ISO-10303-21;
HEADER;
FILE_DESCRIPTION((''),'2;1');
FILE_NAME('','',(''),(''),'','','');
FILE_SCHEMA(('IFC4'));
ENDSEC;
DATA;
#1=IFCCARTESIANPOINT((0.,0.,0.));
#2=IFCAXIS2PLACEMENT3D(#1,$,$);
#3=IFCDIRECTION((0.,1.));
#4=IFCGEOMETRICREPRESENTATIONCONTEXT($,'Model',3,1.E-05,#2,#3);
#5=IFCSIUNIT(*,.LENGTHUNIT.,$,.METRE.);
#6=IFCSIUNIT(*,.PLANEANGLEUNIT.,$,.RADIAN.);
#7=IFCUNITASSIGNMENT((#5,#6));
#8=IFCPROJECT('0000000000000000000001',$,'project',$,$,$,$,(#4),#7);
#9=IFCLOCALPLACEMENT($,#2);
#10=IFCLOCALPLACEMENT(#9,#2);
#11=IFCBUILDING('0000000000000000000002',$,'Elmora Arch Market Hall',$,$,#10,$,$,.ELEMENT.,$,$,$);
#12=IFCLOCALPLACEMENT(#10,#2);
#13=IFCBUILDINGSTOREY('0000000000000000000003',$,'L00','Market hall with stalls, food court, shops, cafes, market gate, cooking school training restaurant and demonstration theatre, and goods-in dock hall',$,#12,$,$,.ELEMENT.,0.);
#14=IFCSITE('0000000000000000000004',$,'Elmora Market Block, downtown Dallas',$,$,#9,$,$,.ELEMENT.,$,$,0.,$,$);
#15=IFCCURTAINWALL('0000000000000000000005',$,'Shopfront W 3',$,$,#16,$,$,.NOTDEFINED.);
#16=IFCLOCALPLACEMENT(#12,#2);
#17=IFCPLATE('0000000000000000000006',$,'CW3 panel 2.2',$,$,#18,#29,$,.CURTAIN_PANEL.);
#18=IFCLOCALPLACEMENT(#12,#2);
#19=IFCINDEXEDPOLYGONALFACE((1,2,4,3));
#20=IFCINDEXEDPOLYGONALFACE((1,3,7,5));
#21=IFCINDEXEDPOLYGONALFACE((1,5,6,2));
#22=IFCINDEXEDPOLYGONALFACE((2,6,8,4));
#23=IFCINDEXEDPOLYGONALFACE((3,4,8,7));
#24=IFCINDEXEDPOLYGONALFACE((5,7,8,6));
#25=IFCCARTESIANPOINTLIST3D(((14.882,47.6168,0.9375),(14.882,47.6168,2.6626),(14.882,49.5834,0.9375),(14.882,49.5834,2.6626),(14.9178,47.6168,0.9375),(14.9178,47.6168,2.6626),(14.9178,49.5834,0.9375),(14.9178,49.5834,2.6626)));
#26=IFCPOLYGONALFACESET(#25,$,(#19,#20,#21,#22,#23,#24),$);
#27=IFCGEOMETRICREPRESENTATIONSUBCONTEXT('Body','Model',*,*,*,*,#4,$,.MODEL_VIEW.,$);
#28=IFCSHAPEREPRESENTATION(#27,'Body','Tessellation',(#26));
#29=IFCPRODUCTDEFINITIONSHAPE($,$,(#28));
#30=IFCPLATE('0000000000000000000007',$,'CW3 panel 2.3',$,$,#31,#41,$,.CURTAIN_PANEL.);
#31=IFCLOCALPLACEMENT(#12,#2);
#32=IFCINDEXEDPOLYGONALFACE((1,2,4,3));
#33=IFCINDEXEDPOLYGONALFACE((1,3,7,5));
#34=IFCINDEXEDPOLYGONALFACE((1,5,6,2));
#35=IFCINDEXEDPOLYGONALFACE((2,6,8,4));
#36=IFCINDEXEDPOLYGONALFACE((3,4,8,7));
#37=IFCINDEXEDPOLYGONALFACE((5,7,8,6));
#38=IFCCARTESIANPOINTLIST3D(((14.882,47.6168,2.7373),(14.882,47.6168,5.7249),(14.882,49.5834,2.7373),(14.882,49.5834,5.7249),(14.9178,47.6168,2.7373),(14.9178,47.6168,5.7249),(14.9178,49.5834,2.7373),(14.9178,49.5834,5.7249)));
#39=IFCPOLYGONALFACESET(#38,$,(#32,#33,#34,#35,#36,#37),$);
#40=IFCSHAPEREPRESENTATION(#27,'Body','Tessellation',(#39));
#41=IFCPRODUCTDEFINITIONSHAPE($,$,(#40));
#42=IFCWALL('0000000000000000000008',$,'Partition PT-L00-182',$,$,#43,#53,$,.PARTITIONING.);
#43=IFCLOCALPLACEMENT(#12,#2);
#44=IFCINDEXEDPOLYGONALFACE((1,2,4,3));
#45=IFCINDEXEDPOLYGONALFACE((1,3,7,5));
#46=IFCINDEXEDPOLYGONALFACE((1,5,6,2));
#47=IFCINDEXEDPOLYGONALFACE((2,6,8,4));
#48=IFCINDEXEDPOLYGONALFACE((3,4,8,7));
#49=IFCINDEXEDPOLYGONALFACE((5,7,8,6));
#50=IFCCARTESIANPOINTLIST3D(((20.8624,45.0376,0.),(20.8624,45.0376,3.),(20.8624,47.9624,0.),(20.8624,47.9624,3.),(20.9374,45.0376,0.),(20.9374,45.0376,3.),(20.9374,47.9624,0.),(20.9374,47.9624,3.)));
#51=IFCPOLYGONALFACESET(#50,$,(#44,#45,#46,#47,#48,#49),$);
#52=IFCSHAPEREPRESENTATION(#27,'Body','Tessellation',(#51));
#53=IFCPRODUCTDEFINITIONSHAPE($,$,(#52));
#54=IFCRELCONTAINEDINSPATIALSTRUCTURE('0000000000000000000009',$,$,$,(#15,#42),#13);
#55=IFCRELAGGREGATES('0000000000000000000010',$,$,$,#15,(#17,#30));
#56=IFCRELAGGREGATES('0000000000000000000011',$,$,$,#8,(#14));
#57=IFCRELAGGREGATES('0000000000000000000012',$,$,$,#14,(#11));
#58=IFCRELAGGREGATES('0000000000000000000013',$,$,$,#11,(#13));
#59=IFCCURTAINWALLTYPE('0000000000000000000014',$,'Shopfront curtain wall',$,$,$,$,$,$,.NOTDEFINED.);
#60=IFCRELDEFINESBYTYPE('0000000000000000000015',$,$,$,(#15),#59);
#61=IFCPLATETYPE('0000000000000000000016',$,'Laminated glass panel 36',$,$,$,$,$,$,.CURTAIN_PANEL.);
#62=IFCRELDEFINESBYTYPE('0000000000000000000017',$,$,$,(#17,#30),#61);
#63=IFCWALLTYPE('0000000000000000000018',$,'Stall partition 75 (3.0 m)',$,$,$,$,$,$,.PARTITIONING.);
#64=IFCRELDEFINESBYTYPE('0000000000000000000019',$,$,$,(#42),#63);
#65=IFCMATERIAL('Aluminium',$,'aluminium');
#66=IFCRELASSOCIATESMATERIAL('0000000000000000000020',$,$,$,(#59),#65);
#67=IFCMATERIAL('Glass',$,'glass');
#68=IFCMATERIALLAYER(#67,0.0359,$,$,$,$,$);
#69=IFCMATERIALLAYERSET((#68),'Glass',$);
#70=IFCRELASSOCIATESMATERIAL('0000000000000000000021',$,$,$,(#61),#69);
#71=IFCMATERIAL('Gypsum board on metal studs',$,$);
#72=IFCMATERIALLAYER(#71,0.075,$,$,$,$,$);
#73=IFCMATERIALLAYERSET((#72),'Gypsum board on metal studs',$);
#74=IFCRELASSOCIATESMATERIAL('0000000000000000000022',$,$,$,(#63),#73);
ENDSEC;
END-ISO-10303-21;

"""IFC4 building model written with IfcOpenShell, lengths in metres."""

from ifc_helpers import new_model, si_unit, direction, frame, frame_2d, origin, origin_2d, place, context, subcontext, project, spatial, rectangle, extrude, material, layer, layer_set, type_object, element, aggregate, save


model = new_model("IFC4")

# Units and contexts
model_context = context("Model", 3, precision=1e-05, world=origin(), true_north=direction((0.0, 1.0)))
body_context = subcontext(model_context, "Body", "Model", "MODEL_VIEW")
ifc_project = project(units=[si_unit("LENGTHUNIT", "METRE"), si_unit("PLANEANGLEUNIT", "RADIAN")], contexts=[model_context])

# Site, building, storey
site_placement = place(None, origin())
site = spatial("IfcSite", under=ifc_project, at=site_placement, Name="Elmora Market Block, downtown Dallas", CompositionType="ELEMENT", RefElevation=0.0)
building_placement = place(site_placement, origin())
building = spatial("IfcBuilding", under=site, at=building_placement, Name="Elmora Arch Market Hall", CompositionType="ELEMENT")
storey_placement = place(building_placement, origin())
storey = spatial("IfcBuildingStorey", under=building, at=storey_placement, Name="L00", Description="Market hall with stalls, food court, shops, cafes, market gate, cooking school training restaurant and demonstration theatre, and goods-in dock hall", CompositionType="ELEMENT", Elevation=0.0)

# Curtain wall, plates
ifc_material_1 = material(Name="Aluminium", Category="aluminium")
curtain_wall_type = type_object("IfcCurtainWallType", Name="Shopfront curtain wall", PredefinedType="NOTDEFINED", material=ifc_material_1)
curtain_wall_placement = place(storey_placement, origin())
curtain_wall = element("IfcCurtainWall", 1, at=curtain_wall_placement, inside=storey, type_object=curtain_wall_type, Name="Shopfront W 3", PredefinedType="NOTDEFINED")
ifc_material_2 = material(Name="Glass", Category="glass")
ifc_layer_1 = layer(ifc_material_2, 0.0359)
ifc_layer_set_1 = layer_set([ifc_layer_1], Name="Glass")
plate_type = type_object("IfcPlateType", Name="Laminated glass panel 36", PredefinedType="CURTAIN_PANEL", material=ifc_layer_set_1)
plate_1_placement = place(storey_placement, frame((14.8999, 48.6001, 0.9375), z_axis=(0.0, 0.0, 1.0), x_axis=(0.0, 1.0, 0.0)))
plate_1 = element("IfcPlate", 2, at=plate_1_placement, type_object=plate_type, Name="CW3 panel 2.2", PredefinedType="CURTAIN_PANEL", context=body_context, shape_type="SweptSolid", body=[
    extrude(rectangle(XDim=1.9666, YDim=0.0359, at=origin_2d()), origin(), (0.0, 0.0, 1.0), 1.7251),
])
plate_2_placement = place(storey_placement, frame((14.8999, 48.6001, 2.7373), z_axis=(0.0, 0.0, 1.0), x_axis=(0.0, 1.0, 0.0)))
plate_2 = element("IfcPlate", 3, at=plate_2_placement, type_object=plate_type, Name="CW3 panel 2.3", PredefinedType="CURTAIN_PANEL", context=body_context, shape_type="SweptSolid", body=[
    extrude(rectangle(XDim=1.9666, YDim=0.0359, at=origin_2d()), origin(), (0.0, 0.0, 1.0), 2.9875),
])
aggregate(curtain_wall, [plate_1, plate_2])

# Shared definitions
ifc_material_3 = material(Name="Gypsum board on metal studs")
ifc_layer_2 = layer(ifc_material_3, 0.075)
ifc_layer_set_2 = layer_set([ifc_layer_2], Name="Gypsum board on metal studs")
wall_type = type_object("IfcWallType", Name="Stall partition 75 (3.0 m)", PredefinedType="PARTITIONING", material=ifc_layer_set_2)

# Wall
wall_1_placement = place(storey_placement, frame((20.8999, 45.0376, 0.0), z_axis=(0.0, 0.0, 1.0), x_axis=(0.0, 1.0, 0.0)))
element("IfcWall", 4, at=wall_1_placement, inside=storey, type_object=wall_type, Name="Partition PT-L00-182", PredefinedType="PARTITIONING", context=body_context, shape_type="SweptSolid", body=[
    extrude(rectangle(XDim=2.9248, YDim=0.075, at=frame_2d((1.4624, 0.0))), origin(), (0.0, 0.0, 1.0), 3.0),
])

save(model, "model.ifc")
